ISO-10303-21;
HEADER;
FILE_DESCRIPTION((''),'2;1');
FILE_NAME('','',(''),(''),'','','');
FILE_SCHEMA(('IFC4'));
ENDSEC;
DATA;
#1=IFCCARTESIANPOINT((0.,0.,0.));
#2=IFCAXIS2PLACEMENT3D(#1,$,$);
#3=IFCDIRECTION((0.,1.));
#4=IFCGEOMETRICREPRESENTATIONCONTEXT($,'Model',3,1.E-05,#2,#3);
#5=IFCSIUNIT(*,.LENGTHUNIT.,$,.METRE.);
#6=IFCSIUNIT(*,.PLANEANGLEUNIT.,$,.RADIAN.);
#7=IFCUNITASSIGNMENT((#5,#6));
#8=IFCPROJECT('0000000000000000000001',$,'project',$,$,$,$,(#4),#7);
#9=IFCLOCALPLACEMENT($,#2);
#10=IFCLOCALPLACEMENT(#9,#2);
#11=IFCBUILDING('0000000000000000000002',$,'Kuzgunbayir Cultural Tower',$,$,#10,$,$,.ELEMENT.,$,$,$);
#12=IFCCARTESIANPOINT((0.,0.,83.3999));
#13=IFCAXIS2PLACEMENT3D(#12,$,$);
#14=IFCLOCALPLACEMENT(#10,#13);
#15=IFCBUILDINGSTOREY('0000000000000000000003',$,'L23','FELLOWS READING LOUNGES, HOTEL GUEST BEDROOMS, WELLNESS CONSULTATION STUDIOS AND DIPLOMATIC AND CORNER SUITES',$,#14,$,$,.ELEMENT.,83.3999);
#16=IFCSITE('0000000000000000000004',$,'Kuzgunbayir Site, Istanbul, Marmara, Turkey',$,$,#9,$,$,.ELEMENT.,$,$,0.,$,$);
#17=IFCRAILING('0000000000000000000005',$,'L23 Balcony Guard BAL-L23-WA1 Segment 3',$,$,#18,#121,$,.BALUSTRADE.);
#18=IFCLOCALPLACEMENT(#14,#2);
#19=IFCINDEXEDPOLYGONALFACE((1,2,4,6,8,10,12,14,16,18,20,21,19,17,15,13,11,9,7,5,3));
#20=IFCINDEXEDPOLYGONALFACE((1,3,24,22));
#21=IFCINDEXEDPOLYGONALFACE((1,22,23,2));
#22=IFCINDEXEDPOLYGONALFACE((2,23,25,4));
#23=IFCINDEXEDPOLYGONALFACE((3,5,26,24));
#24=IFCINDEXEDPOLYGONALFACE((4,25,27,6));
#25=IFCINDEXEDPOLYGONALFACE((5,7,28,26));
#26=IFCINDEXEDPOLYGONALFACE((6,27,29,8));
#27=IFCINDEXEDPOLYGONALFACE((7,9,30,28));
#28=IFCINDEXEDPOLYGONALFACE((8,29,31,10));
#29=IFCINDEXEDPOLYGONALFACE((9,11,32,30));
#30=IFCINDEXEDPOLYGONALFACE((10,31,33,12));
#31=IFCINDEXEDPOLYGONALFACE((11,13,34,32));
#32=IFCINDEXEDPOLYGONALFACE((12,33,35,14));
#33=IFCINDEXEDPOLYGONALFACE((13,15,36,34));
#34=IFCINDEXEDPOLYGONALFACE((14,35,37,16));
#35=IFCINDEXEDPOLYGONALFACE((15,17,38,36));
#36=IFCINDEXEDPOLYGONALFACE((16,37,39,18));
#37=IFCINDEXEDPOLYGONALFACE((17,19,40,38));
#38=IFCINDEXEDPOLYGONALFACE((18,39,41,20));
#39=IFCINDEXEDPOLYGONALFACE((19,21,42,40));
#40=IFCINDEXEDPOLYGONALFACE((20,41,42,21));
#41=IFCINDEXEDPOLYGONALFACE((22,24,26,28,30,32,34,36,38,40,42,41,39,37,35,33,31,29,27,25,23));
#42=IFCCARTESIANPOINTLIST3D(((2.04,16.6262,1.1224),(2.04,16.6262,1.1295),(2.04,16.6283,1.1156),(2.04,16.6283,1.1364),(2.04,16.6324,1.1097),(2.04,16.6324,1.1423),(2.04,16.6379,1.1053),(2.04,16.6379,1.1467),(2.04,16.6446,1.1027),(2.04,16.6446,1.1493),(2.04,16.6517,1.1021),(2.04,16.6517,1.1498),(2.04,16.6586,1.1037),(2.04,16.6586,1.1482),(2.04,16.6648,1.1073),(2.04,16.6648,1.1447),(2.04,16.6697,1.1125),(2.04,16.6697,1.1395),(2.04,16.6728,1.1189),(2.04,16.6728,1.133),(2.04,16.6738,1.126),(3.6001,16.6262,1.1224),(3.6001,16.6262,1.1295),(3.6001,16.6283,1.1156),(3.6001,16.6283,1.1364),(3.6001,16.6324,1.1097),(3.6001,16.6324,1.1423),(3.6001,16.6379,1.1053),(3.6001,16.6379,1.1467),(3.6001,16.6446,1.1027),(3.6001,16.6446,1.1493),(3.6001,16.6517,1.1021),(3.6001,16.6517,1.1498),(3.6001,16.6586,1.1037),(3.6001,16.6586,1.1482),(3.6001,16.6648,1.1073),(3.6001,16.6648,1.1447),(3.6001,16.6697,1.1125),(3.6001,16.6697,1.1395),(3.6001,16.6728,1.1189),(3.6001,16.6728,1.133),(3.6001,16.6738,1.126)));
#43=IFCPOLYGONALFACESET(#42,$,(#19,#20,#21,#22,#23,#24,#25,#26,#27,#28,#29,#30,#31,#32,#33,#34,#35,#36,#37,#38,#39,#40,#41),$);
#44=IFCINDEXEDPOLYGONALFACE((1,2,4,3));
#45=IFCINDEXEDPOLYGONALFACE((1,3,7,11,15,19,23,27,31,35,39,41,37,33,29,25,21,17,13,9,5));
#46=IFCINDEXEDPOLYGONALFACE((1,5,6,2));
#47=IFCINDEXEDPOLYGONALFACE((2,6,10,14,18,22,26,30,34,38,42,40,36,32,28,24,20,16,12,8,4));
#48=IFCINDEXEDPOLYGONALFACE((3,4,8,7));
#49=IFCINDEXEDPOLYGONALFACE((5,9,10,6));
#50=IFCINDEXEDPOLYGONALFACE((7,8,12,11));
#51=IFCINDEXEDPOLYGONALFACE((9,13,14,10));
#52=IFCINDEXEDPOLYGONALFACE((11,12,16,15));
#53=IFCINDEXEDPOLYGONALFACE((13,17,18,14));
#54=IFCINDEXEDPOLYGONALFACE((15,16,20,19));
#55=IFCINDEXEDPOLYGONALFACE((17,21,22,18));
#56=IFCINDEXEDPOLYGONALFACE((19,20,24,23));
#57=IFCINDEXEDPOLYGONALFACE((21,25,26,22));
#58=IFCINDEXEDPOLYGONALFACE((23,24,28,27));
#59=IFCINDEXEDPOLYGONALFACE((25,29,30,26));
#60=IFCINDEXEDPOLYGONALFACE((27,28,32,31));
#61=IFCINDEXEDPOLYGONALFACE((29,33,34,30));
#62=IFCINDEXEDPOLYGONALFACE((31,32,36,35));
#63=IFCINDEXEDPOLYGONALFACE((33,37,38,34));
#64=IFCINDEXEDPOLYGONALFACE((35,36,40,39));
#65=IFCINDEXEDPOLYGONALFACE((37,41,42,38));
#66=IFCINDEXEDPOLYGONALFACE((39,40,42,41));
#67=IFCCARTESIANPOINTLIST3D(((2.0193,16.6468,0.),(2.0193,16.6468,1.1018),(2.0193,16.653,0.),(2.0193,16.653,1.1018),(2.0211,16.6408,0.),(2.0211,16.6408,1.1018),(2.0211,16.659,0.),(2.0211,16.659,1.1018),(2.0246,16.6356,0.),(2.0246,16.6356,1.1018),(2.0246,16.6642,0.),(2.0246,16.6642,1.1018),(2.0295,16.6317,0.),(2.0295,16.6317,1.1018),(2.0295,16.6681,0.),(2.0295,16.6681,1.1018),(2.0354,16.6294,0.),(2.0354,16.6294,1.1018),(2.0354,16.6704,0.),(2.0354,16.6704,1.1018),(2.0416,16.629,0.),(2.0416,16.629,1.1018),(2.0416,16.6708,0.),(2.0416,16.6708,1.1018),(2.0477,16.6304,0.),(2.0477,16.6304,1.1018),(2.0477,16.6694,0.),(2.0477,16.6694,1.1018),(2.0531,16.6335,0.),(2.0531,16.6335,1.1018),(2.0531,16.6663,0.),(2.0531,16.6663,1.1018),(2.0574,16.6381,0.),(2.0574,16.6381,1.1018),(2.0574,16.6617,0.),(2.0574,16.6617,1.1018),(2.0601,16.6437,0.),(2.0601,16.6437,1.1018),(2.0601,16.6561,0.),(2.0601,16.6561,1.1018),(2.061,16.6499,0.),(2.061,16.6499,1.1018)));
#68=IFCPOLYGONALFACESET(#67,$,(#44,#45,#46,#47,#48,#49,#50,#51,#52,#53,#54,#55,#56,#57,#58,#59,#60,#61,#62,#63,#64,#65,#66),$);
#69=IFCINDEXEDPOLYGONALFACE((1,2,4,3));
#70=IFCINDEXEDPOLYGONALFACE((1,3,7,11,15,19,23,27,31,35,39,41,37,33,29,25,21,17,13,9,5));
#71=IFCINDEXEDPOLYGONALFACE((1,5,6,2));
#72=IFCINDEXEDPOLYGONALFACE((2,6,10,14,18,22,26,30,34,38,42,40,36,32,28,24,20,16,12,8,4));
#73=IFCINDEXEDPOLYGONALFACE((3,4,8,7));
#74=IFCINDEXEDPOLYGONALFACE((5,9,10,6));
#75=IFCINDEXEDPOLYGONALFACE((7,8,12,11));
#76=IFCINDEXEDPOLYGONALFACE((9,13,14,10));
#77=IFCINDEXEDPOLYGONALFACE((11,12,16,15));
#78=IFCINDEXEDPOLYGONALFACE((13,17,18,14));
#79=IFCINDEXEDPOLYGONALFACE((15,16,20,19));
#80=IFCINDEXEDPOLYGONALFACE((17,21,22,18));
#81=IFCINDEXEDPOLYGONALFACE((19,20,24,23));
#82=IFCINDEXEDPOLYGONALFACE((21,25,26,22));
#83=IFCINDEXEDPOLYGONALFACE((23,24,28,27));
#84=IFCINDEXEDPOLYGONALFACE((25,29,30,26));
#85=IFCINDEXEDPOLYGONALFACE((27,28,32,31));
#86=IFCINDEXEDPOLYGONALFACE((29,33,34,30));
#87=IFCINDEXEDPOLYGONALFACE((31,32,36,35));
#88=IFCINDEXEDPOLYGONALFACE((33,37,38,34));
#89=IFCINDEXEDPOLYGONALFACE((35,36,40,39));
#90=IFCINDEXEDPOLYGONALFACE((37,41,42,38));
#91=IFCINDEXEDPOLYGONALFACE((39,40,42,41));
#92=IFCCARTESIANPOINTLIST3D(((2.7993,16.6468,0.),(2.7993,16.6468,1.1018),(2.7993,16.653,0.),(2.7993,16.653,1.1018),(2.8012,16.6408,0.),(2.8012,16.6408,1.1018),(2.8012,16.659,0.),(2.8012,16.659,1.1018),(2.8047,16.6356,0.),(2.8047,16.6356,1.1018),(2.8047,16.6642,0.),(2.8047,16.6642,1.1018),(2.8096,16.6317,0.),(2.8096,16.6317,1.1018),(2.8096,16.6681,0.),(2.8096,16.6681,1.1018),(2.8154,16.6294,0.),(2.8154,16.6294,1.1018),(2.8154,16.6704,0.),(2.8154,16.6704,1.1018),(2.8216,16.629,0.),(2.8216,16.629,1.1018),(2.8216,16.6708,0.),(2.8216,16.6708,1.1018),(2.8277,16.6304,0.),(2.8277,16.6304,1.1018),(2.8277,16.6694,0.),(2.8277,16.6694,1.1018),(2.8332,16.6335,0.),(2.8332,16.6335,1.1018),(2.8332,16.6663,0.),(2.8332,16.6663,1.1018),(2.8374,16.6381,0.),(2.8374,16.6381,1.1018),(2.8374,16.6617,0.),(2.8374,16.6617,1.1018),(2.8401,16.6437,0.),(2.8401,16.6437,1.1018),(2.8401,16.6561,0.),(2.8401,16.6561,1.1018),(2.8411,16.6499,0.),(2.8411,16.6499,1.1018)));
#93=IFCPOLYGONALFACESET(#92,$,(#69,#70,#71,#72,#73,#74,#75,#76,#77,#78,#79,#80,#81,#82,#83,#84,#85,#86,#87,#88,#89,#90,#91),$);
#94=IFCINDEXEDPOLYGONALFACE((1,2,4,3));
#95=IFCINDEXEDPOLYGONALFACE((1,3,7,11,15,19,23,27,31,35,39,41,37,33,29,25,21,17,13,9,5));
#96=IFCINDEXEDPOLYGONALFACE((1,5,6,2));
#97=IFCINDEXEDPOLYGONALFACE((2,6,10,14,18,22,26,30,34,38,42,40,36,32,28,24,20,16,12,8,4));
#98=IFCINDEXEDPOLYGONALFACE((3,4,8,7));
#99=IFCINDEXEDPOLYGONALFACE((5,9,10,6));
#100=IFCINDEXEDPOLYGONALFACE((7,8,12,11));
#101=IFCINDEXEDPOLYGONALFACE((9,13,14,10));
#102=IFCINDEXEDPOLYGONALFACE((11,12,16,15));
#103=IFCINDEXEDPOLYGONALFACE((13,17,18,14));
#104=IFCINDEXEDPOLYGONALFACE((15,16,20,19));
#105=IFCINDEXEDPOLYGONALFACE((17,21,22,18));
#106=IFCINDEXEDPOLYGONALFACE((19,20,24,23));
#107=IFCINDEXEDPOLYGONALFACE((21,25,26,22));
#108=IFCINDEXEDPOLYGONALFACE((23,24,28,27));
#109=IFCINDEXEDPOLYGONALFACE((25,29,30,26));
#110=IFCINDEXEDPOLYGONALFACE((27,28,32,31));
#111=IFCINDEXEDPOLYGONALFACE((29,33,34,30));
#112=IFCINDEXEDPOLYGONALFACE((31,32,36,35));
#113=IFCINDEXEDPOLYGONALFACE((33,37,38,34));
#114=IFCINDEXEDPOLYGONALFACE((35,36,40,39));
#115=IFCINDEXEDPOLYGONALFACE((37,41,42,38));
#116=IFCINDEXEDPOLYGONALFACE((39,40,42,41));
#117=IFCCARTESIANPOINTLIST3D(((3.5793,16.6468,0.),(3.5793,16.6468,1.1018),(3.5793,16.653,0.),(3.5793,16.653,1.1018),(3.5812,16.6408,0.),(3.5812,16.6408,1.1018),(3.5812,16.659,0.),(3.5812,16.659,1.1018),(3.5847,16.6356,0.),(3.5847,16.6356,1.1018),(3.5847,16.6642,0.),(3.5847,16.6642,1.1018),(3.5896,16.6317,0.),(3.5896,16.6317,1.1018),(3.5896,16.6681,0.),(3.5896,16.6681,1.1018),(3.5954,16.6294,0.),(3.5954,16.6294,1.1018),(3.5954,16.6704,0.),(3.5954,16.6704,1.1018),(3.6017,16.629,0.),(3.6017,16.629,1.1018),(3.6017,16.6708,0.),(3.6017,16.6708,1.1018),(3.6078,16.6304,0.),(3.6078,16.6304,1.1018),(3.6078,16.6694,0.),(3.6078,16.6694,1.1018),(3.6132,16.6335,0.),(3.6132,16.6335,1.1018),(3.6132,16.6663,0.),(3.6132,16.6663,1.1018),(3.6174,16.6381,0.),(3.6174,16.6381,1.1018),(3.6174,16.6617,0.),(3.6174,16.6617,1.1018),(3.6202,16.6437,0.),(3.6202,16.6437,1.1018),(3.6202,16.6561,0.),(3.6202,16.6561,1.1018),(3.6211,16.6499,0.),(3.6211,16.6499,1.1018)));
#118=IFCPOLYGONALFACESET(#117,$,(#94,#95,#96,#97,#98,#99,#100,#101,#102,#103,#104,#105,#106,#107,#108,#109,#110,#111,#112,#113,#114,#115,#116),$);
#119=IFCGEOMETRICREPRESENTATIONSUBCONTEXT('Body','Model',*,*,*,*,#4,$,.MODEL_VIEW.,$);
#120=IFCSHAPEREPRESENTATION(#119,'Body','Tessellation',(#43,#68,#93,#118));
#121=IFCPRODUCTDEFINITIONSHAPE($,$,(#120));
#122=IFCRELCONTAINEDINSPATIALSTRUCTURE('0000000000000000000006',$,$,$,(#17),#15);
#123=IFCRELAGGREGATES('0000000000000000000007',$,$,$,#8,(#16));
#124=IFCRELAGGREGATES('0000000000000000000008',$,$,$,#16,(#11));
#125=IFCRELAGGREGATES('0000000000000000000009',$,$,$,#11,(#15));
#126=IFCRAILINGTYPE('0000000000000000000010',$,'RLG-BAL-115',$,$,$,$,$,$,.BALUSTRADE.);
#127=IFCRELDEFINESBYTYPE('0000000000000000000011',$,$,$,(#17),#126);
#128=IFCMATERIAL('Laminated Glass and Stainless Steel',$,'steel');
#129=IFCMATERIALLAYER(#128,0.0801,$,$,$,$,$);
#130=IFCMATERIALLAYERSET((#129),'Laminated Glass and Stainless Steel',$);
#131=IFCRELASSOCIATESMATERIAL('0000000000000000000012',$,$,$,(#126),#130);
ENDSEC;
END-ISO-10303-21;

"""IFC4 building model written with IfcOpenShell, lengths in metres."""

from ifc_helpers import new_model, si_unit, direction, frame, origin, origin_2d, place, context, subcontext, project, spatial, circle, extrude, material, layer, layer_set, type_object, element, save


model = new_model("IFC4")

# Units and contexts
model_context = context("Model", 3, precision=1e-05, world=origin(), true_north=direction((0.0, 1.0)))
body_context = subcontext(model_context, "Body", "Model", "MODEL_VIEW")
ifc_project = project(units=[si_unit("LENGTHUNIT", "METRE"), si_unit("PLANEANGLEUNIT", "RADIAN")], contexts=[model_context])

# Site, building, storey
site_placement = place(None, origin())
site = spatial("IfcSite", under=ifc_project, at=site_placement, Name="Kuzgunbayir Site, Istanbul, Marmara, Turkey", CompositionType="ELEMENT", RefElevation=0.0)
building_placement = place(site_placement, origin())
building = spatial("IfcBuilding", under=site, at=building_placement, Name="Kuzgunbayir Cultural Tower", CompositionType="ELEMENT")
storey_placement = place(building_placement, frame((0.0, 0.0, 83.3999)))
storey = spatial("IfcBuildingStorey", under=building, at=storey_placement, Name="L23", Description="FELLOWS READING LOUNGES, HOTEL GUEST BEDROOMS, WELLNESS CONSULTATION STUDIOS AND DIPLOMATIC AND CORNER SUITES", CompositionType="ELEMENT", Elevation=83.3999)

# Railing
ifc_material_1 = material(Name="Laminated Glass and Stainless Steel", Category="steel")
ifc_layer_1 = layer(ifc_material_1, 0.0801)
ifc_layer_set_1 = layer_set([ifc_layer_1], Name="Laminated Glass and Stainless Steel")
railing_type = type_object("IfcRailingType", Name="RLG-BAL-115", PredefinedType="BALUSTRADE", material=ifc_layer_set_1)
railing_1_placement = place(storey_placement, frame((2.04, 16.6499, 0.0)))
element("IfcRailing", 1, at=railing_1_placement, inside=storey, type_object=railing_type, Name="L23 Balcony Guard BAL-L23-WA1 Segment 3", PredefinedType="BALUSTRADE", context=body_context, shape_type="SweptSolid", body=[
    extrude(circle(Radius=0.0239, at=origin_2d()), frame((0.0, 0.0, 1.126), z_axis=(1.0, 0.0, 0.0), x_axis=(0.0, 1.0, 0.0)), (0.0, 0.0, 1.0), 1.5601),
    extrude(circle(Radius=0.021, at=origin_2d()), origin(), (0.0, 0.0, 1.0), 1.1018),
    extrude(circle(Radius=0.021, at=origin_2d()), frame((0.78, 0.0, 0.0)), (0.0, 0.0, 1.0), 1.1018),
    extrude(circle(Radius=0.021, at=origin_2d()), frame((1.5601, 0.0, 0.0)), (0.0, 0.0, 1.0), 1.1018),
])

save(model, "model.ifc")
